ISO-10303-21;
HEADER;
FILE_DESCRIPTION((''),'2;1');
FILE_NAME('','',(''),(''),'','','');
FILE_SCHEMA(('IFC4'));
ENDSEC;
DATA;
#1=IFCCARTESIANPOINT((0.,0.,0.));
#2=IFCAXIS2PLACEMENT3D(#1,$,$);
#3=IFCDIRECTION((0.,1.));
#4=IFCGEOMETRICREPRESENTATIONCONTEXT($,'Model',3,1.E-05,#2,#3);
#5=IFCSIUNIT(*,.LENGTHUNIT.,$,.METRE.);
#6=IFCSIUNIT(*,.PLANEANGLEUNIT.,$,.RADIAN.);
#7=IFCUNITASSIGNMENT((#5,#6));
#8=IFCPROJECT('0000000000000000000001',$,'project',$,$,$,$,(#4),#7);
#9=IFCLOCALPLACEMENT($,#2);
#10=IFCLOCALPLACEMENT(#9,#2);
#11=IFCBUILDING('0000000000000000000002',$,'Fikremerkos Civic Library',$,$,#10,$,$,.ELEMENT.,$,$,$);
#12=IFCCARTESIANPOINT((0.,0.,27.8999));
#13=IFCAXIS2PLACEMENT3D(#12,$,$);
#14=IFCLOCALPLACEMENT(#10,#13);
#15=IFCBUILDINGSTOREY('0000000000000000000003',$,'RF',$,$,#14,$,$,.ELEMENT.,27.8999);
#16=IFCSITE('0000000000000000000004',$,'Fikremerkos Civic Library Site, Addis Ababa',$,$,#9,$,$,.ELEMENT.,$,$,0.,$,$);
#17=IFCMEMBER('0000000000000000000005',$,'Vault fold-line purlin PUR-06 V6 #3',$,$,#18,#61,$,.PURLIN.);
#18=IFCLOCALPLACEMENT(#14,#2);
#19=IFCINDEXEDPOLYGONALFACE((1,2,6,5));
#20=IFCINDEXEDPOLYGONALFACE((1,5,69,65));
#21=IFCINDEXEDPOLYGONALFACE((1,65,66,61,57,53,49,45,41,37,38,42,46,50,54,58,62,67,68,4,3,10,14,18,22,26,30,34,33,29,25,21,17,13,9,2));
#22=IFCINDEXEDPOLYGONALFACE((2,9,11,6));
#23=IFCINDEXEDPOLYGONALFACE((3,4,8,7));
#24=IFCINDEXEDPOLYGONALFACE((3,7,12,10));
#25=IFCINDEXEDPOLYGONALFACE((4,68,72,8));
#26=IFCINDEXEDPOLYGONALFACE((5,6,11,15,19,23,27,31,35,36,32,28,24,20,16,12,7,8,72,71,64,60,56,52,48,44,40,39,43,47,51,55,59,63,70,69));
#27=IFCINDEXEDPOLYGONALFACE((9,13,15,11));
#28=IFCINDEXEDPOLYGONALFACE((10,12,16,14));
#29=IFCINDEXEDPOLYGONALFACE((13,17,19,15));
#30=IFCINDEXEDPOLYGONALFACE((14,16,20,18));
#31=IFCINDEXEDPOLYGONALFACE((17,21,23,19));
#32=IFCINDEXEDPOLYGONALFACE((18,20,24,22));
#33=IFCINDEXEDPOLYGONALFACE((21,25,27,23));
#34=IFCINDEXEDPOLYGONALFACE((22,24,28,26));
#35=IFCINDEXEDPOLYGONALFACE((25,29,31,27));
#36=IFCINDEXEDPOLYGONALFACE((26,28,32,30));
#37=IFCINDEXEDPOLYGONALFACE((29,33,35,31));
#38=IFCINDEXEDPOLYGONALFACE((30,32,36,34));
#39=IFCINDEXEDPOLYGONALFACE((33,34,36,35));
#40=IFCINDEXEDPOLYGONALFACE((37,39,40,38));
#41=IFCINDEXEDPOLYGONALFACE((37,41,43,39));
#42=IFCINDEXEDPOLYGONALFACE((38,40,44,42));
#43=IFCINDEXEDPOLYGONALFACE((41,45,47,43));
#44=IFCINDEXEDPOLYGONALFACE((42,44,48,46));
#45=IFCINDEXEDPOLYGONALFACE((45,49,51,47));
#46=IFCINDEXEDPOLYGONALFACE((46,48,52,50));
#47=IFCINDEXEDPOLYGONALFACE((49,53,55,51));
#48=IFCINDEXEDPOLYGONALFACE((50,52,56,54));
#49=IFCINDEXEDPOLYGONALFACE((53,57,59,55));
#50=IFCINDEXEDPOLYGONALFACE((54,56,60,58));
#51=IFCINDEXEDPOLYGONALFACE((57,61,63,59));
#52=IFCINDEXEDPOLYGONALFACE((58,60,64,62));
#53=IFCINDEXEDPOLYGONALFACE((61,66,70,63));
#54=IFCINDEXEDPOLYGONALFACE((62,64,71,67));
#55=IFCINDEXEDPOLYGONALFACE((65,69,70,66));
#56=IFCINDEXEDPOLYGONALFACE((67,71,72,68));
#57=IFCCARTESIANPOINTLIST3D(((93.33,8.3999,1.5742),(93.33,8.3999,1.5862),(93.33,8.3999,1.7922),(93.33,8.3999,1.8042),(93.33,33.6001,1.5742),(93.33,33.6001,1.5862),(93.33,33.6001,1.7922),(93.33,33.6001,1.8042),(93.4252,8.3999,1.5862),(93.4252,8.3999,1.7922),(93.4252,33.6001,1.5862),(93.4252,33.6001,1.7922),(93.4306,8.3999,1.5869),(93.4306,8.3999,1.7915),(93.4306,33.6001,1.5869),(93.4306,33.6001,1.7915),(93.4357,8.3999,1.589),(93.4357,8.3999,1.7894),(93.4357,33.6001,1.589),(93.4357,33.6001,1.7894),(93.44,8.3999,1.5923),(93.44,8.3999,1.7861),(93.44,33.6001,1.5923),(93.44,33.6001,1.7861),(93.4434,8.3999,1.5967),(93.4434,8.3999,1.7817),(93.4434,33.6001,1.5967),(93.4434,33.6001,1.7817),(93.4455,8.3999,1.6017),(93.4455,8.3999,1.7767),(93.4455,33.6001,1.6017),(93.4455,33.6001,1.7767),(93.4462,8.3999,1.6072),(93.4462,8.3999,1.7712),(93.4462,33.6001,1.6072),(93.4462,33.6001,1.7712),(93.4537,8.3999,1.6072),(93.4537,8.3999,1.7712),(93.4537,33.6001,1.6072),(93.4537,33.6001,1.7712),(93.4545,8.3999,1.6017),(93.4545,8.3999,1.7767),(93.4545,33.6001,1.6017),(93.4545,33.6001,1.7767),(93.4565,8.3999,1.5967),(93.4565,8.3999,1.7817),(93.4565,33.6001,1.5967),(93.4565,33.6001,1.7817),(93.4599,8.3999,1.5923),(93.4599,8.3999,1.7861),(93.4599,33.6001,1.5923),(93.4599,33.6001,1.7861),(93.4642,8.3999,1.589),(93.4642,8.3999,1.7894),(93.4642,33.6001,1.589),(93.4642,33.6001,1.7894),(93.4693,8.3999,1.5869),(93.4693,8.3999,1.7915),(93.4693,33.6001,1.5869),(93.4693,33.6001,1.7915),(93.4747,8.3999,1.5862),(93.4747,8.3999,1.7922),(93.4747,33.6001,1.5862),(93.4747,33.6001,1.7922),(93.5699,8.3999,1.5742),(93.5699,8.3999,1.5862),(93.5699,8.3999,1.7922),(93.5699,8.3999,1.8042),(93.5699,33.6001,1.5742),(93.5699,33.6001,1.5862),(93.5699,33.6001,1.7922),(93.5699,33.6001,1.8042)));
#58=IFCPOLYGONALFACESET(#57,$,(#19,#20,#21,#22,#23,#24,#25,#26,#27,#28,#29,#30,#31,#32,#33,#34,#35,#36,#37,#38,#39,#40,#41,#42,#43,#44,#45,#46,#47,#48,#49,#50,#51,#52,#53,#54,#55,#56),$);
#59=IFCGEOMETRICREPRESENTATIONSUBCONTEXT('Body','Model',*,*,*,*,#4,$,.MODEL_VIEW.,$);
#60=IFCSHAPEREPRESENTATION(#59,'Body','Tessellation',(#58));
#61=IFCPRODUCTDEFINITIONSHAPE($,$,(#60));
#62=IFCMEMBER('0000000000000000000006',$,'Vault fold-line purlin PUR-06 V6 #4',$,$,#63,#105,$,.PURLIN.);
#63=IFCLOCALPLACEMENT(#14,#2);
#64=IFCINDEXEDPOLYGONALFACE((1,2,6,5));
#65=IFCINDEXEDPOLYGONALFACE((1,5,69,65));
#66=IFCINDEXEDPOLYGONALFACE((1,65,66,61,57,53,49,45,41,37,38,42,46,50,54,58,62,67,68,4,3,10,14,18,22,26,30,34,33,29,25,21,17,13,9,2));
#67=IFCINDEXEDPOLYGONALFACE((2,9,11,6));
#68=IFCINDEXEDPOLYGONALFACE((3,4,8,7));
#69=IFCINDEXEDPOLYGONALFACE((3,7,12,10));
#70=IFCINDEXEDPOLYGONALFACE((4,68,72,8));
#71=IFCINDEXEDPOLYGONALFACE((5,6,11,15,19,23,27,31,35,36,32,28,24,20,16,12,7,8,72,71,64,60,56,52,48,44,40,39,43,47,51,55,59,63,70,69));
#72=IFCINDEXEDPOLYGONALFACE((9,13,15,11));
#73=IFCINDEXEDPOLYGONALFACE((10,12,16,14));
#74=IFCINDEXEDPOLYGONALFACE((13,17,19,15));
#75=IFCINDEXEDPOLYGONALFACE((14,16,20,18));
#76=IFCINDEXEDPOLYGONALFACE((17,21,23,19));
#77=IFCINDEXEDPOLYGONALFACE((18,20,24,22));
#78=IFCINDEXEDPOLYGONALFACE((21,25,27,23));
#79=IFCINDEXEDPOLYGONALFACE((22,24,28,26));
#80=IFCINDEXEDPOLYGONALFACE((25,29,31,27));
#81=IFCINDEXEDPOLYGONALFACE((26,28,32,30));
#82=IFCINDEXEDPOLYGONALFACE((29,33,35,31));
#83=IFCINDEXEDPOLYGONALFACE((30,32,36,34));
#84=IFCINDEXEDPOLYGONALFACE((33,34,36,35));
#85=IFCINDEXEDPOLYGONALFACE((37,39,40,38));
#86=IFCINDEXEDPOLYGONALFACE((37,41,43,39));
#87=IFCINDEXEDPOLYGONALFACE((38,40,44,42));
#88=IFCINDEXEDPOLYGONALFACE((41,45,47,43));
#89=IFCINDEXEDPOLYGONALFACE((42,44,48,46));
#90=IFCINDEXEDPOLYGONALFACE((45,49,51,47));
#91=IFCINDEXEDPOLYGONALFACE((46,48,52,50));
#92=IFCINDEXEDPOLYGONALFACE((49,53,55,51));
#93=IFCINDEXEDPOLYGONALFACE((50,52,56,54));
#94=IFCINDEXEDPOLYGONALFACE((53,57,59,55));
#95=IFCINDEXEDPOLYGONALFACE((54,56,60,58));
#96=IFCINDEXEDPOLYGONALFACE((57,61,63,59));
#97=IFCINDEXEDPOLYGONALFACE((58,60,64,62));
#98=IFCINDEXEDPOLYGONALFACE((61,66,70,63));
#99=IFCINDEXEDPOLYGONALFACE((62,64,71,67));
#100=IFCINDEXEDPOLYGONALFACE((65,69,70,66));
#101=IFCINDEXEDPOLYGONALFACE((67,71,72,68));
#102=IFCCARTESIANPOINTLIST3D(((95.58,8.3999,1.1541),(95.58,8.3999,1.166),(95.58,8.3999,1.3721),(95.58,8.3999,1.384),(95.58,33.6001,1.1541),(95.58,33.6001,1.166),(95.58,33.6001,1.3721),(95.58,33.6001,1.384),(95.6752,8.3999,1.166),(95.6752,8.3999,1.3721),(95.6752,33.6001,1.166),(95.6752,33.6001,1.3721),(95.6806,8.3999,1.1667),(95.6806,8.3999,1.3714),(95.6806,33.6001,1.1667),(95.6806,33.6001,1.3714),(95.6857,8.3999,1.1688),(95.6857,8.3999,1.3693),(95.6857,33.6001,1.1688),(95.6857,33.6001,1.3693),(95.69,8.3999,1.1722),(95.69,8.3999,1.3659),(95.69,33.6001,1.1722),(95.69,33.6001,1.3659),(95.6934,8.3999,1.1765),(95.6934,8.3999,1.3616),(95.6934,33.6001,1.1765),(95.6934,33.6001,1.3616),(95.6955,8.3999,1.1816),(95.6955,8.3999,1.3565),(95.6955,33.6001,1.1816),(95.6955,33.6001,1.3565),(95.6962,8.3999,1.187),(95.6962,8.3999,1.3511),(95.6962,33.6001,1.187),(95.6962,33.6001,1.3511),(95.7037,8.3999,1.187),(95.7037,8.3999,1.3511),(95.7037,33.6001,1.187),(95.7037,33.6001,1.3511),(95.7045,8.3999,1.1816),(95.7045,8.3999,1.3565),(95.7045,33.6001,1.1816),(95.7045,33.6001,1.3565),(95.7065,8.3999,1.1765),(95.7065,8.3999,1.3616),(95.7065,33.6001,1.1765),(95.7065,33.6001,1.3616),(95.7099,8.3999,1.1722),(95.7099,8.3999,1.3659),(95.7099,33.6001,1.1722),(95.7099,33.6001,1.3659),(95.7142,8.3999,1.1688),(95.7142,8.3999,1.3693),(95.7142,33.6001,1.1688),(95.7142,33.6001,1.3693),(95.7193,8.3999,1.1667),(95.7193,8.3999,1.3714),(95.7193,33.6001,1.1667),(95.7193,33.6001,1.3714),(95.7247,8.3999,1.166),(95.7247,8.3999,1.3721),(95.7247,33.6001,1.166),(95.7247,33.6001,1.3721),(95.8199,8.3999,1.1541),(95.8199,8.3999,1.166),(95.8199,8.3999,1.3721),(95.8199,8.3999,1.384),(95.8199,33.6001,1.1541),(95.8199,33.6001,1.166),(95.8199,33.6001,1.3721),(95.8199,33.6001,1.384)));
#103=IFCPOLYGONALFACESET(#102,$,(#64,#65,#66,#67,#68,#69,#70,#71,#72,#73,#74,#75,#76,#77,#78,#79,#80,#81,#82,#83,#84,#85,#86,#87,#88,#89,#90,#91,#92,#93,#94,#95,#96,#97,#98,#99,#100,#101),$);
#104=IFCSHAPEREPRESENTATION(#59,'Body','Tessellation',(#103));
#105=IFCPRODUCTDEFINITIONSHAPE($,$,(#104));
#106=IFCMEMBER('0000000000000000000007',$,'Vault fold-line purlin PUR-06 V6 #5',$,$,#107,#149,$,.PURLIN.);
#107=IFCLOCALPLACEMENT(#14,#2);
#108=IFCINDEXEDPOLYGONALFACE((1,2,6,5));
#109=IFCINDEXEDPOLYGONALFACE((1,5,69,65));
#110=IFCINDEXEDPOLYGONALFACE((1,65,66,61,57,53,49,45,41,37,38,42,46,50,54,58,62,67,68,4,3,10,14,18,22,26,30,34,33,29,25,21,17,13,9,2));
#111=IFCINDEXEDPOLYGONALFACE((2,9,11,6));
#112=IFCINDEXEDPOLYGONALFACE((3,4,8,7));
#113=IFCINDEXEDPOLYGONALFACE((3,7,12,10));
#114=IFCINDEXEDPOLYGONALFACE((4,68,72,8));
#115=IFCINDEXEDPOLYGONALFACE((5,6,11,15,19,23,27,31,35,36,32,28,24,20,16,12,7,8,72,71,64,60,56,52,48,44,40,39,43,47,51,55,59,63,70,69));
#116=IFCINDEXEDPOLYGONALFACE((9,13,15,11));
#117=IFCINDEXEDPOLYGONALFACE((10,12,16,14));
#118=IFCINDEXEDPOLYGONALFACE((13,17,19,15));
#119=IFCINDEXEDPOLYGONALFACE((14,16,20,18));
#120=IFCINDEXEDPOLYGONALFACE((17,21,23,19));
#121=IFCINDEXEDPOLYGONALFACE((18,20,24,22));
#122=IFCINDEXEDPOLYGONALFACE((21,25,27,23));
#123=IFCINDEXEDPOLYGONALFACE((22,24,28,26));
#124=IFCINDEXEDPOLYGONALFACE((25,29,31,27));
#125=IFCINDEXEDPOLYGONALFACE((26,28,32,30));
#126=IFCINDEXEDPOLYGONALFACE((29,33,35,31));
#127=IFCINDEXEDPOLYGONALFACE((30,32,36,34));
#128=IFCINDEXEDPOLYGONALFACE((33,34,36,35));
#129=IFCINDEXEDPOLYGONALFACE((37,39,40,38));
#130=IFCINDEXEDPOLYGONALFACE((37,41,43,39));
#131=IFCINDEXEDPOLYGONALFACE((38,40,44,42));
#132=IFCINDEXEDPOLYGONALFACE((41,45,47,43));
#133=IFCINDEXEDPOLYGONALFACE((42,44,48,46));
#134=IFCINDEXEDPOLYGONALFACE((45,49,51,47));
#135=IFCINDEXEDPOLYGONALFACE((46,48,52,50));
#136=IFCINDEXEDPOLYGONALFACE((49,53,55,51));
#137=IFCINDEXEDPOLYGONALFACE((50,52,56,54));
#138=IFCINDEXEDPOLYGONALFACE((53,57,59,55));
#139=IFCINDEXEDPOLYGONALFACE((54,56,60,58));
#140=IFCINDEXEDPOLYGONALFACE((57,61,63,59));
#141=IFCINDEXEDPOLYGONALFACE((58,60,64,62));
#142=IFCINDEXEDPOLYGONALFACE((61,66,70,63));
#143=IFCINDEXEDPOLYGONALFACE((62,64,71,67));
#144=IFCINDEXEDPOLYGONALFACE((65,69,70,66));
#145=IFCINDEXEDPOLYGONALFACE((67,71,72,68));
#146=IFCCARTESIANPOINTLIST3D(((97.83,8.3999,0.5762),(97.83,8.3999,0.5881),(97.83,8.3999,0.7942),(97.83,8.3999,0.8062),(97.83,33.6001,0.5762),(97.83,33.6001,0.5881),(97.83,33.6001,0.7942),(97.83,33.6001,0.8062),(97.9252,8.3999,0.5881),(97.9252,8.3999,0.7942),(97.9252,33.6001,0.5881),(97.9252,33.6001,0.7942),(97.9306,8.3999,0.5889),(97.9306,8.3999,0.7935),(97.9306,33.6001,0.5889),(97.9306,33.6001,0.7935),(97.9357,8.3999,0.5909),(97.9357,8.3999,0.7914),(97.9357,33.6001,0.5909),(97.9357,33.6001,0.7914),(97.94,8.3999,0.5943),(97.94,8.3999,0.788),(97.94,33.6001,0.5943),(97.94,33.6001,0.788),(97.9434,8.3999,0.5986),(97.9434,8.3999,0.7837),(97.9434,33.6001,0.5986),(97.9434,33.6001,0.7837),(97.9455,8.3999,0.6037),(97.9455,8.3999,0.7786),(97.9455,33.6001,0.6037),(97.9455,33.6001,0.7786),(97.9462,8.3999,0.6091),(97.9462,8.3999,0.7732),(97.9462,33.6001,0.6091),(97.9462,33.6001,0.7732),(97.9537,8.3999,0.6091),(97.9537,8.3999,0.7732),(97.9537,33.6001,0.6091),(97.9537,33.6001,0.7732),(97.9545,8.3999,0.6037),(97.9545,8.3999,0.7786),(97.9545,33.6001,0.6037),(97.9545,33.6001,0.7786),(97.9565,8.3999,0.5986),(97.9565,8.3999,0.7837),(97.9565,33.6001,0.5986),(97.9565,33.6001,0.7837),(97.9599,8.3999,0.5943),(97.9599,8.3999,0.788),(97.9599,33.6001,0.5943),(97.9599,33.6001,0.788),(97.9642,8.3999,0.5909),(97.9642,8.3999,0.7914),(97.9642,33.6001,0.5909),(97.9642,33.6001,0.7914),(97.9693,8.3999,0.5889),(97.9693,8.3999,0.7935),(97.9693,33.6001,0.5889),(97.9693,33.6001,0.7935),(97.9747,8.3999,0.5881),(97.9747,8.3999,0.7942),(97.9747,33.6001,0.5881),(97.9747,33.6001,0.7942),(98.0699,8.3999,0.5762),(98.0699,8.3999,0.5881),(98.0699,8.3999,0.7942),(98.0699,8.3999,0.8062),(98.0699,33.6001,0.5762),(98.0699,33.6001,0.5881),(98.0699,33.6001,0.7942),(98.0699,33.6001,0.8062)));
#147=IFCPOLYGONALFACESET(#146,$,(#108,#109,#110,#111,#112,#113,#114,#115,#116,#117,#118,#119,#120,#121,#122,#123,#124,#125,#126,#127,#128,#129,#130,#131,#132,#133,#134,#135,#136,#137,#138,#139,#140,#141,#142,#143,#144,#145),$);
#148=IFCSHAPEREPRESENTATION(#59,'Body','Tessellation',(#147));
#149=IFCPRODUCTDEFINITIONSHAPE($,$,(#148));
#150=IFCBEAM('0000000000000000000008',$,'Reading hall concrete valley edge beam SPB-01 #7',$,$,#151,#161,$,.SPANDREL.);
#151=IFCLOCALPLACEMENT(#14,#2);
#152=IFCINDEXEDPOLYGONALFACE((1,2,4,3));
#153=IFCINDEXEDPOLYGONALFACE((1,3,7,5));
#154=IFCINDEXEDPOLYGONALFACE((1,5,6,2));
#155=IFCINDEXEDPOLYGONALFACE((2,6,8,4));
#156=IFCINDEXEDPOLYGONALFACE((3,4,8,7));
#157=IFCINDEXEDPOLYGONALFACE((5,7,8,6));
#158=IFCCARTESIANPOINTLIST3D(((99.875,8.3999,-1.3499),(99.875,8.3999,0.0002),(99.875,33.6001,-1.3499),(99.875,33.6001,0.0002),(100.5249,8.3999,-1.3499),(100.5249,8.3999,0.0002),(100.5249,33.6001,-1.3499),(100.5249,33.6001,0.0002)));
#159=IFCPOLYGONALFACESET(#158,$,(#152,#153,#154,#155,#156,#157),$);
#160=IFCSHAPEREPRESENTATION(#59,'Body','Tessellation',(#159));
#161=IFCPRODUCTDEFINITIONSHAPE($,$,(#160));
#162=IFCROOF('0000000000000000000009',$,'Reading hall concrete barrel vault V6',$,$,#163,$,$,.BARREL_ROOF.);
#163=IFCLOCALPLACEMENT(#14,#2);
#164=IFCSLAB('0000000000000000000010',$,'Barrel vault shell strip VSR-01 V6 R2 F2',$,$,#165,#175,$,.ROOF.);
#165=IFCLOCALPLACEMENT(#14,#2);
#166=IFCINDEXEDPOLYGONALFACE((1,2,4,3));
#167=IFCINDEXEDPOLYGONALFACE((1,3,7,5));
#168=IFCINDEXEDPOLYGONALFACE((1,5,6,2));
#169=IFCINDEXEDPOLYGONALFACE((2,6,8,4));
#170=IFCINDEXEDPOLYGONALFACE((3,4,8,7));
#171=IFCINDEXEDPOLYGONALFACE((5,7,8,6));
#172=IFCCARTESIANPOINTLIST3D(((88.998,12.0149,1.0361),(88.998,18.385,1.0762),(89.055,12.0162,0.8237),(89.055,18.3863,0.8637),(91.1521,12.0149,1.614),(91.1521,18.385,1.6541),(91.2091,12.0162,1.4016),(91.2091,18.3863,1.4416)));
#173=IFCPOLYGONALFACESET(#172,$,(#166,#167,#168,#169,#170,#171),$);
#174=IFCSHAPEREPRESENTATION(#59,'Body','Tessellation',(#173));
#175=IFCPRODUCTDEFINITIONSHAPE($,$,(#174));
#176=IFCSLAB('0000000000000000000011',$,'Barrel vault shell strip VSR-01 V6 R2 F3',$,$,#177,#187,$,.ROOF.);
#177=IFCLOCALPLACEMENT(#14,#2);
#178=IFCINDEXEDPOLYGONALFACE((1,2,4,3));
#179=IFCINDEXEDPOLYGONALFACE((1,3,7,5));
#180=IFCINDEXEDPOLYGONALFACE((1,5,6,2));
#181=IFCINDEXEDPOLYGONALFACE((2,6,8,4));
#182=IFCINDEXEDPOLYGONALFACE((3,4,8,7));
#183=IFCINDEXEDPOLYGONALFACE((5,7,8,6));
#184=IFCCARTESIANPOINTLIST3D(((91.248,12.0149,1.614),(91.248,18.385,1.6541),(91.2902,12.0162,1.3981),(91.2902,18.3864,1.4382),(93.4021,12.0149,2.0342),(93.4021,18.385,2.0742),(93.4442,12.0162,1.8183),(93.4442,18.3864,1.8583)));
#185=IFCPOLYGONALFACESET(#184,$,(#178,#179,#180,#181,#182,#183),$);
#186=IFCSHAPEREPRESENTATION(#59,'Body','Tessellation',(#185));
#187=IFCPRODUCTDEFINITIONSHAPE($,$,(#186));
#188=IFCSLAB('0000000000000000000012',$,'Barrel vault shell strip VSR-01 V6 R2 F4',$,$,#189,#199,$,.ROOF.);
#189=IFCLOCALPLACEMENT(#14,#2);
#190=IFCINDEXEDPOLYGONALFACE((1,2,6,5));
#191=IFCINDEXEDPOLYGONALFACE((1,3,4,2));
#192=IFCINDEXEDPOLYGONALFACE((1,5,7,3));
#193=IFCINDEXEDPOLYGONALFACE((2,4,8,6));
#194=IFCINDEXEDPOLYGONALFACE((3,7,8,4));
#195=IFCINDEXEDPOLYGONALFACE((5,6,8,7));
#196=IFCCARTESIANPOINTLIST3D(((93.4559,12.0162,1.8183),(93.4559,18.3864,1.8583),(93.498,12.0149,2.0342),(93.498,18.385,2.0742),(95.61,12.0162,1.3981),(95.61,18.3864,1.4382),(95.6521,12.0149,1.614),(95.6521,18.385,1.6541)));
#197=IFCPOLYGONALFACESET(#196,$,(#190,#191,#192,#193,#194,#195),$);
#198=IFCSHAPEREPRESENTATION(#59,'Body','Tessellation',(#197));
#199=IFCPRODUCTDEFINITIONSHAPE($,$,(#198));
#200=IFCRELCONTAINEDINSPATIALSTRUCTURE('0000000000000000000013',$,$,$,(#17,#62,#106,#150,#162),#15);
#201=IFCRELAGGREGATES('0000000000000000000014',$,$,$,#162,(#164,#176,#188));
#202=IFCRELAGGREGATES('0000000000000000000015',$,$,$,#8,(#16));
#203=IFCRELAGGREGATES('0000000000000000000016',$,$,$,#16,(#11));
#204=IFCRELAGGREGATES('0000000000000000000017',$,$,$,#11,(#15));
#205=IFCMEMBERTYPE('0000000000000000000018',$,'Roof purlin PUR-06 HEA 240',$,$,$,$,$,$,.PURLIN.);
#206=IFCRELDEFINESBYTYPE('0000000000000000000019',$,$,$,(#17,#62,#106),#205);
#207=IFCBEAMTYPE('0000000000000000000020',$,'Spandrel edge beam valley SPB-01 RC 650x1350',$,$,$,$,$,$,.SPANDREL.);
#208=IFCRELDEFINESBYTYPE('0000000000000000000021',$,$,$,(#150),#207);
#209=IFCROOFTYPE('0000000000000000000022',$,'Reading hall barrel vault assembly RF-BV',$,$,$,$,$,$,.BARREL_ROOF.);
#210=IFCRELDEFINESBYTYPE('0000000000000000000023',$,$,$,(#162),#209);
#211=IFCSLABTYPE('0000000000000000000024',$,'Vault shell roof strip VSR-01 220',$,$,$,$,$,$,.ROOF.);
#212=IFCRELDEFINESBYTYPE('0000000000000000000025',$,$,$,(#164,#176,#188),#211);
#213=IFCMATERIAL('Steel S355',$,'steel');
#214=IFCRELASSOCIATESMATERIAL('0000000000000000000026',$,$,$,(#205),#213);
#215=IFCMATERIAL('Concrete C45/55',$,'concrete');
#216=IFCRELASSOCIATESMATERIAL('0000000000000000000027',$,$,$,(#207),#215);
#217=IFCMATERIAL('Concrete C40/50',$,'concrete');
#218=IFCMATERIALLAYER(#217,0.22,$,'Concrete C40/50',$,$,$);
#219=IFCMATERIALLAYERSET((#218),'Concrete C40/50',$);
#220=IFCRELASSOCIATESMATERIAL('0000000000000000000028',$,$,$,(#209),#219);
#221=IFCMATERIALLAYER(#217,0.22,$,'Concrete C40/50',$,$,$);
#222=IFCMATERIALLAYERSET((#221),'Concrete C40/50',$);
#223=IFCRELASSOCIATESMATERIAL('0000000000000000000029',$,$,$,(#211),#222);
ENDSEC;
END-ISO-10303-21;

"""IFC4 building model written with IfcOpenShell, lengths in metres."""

from ifc_helpers import new_model, si_unit, direction, frame, origin, origin_2d, place, context, subcontext, project, spatial, polyline, rectangle, i_section, outline, extrude, material, layer, layer_set, material_profile, profile_set, type_object, element, aggregate, save


model = new_model("IFC4")

# Units and contexts
model_context = context("Model", 3, precision=1e-05, world=origin(), true_north=direction((0.0, 1.0)))
body_context = subcontext(model_context, "Body", "Model", "MODEL_VIEW")
ifc_project = project(units=[si_unit("LENGTHUNIT", "METRE"), si_unit("PLANEANGLEUNIT", "RADIAN")], contexts=[model_context])

# Site, building, storey
site_placement = place(None, origin())
site = spatial("IfcSite", under=ifc_project, at=site_placement, Name="Fikremerkos Civic Library Site, Addis Ababa", CompositionType="ELEMENT", RefElevation=0.0)
building_placement = place(site_placement, origin())
building = spatial("IfcBuilding", under=site, at=building_placement, Name="Fikremerkos Civic Library", CompositionType="ELEMENT")
storey_placement = place(building_placement, frame((0.0, 0.0, 27.8999)))
storey = spatial("IfcBuildingStorey", under=building, at=storey_placement, Name="RF", CompositionType="ELEMENT", Elevation=27.8999)

# Shared definitions
ifc_material_1 = material(Name="Steel S355", Category="steel")

# Shared definitions
ifc_material_2 = material(Name="Concrete C45/55", Category="concrete")

# Members
ifc_material_profile_1 = material_profile(ifc_material_1, i_section(OverallWidth=0.24, OverallDepth=0.23, WebThickness=0.0076, FlangeThickness=0.012, FilletRadius=0.021, at=origin_2d()), Name="HEA 240")
ifc_profile_set_1 = profile_set([ifc_material_profile_1], Name="Steel S355")
member_type_1 = type_object("IfcMemberType", Name="Roof purlin PUR-06 HEA 240", PredefinedType="PURLIN", material=ifc_profile_set_1)
for number, where, z_axis, x_axis, name in (
    (1, (93.45, 8.3999, 1.6892), (0.0, 1.0, 0.0), (-1.0, 0.0, 0.0), "Vault fold-line purlin PUR-06 V6 #3"),
    (2, (95.7, 8.3999, 1.269), (0.0, 1.0, 0.0), (-1.0, 0.0, 0.0), "Vault fold-line purlin PUR-06 V6 #4"),
    (3, (97.95, 8.3999, 0.6912), (0.0, 1.0, 0.0), (-1.0, 0.0, 0.0), "Vault fold-line purlin PUR-06 V6 #5"),
):
    element("IfcMember", number, at=place(storey_placement, frame(where, z_axis=z_axis, x_axis=x_axis)), inside=storey, type_object=member_type_1, Name=name, PredefinedType="PURLIN", context=body_context, shape_type="SweptSolid", body=[
        extrude(i_section(OverallWidth=0.24, OverallDepth=0.23, WebThickness=0.0076, FlangeThickness=0.012, FilletRadius=0.021, at=origin_2d()), origin(), (0.0, 0.0, 1.0), 25.2002),
    ])

# Beam
ifc_material_profile_2 = material_profile(ifc_material_2, rectangle(XDim=0.6499, YDim=1.3501, at=origin_2d()), Name="RC 650x1350")
ifc_profile_set_2 = profile_set([ifc_material_profile_2], Name="Concrete C45/55")
beam_type_1 = type_object("IfcBeamType", Name="Spandrel edge beam valley SPB-01 RC 650x1350", PredefinedType="SPANDREL", material=ifc_profile_set_2)
beam_1_placement = place(storey_placement, frame((100.2, 8.3999, -0.6748), z_axis=(0.0, 1.0, 0.0), x_axis=(-1.0, 0.0, 0.0)))
element("IfcBeam", 4, at=beam_1_placement, inside=storey, type_object=beam_type_1, Name="Reading hall concrete valley edge beam SPB-01 #7", PredefinedType="SPANDREL", context=body_context, shape_type="SweptSolid", body=[
    extrude(rectangle(XDim=0.6499, YDim=1.3501, at=origin_2d()), origin(), (0.0, 0.0, 1.0), 25.2002),
])

# Roof, slabs
ifc_material_3 = material(Name="Concrete C40/50", Category="concrete")
ifc_layer_1 = layer(ifc_material_3, 0.22, Name="Concrete C40/50")
ifc_layer_set_1 = layer_set([ifc_layer_1], Name="Concrete C40/50")
roof_type = type_object("IfcRoofType", Name="Reading hall barrel vault assembly RF-BV", PredefinedType="BARREL_ROOF", material=ifc_layer_set_1)
roof_1_placement = place(storey_placement, origin())
roof_1 = element("IfcRoof", 5, at=roof_1_placement, inside=storey, type_object=roof_type, Name="Reading hall concrete barrel vault V6", PredefinedType="BARREL_ROOF")
ifc_layer_2 = layer(ifc_material_3, 0.22, Name="Concrete C40/50")
ifc_layer_set_2 = layer_set([ifc_layer_2], Name="Concrete C40/50")
slab_type_1 = type_object("IfcSlabType", Name="Vault shell roof strip VSR-01 220", PredefinedType="ROOF", material=ifc_layer_set_2)
slab_1_placement = place(storey_placement, frame((88.998, 12.0149, 1.0361), z_axis=(-0.259109, -0.006071, 0.965829), x_axis=(0.965847, 0.0, 0.259114)))
slab_1 = element("IfcSlab", 6, at=slab_1_placement, type_object=slab_type_1, Name="Barrel vault shell strip VSR-01 V6 R2 F2", PredefinedType="ROOF", context=body_context, shape_type="SweptSolid", body=[
    extrude(outline(polyline([(0.0, 0.0), (2.2302, 0.0), (2.2406, 6.3702), (0.0104, 6.3702), (0.0, 0.0)])), origin(), (0.0, 0.0, -1.0), 0.22),
])
slab_2_placement = place(storey_placement, frame((91.248, 12.0149, 1.614), z_axis=(-0.191447, -0.006169, 0.981484), x_axis=(0.981502, 0.0, 0.19145)))
slab_2 = element("IfcSlab", 7, at=slab_2_placement, type_object=slab_type_1, Name="Barrel vault shell strip VSR-01 V6 R2 F3", PredefinedType="ROOF", context=body_context, shape_type="SweptSolid", body=[
    extrude(outline(polyline([(0.0, 0.0), (2.1946, 0.0), (2.2023, 6.3702), (0.0077, 6.3702), (0.0, 0.0)])), origin(), (0.0, 0.0, -1.0), 0.22),
])
slab_3_placement = place(storey_placement, frame((93.498, 12.0149, 2.0342), z_axis=(0.191447, -0.006169, 0.981484), x_axis=(0.981502, 0.0, -0.19145)))
slab_3 = element("IfcSlab", 8, at=slab_3_placement, type_object=slab_type_1, Name="Barrel vault shell strip VSR-01 V6 R2 F4", PredefinedType="ROOF", context=body_context, shape_type="SweptSolid", body=[
    extrude(outline(polyline([(0.0, 0.0), (2.1946, 0.0), (2.187, 6.3702), (-0.0077, 6.3702), (0.0, 0.0)])), origin(), (0.0, 0.0, -1.0), 0.22),
])
aggregate(roof_1, [slab_1, slab_2, slab_3])

save(model, "model.ifc")
